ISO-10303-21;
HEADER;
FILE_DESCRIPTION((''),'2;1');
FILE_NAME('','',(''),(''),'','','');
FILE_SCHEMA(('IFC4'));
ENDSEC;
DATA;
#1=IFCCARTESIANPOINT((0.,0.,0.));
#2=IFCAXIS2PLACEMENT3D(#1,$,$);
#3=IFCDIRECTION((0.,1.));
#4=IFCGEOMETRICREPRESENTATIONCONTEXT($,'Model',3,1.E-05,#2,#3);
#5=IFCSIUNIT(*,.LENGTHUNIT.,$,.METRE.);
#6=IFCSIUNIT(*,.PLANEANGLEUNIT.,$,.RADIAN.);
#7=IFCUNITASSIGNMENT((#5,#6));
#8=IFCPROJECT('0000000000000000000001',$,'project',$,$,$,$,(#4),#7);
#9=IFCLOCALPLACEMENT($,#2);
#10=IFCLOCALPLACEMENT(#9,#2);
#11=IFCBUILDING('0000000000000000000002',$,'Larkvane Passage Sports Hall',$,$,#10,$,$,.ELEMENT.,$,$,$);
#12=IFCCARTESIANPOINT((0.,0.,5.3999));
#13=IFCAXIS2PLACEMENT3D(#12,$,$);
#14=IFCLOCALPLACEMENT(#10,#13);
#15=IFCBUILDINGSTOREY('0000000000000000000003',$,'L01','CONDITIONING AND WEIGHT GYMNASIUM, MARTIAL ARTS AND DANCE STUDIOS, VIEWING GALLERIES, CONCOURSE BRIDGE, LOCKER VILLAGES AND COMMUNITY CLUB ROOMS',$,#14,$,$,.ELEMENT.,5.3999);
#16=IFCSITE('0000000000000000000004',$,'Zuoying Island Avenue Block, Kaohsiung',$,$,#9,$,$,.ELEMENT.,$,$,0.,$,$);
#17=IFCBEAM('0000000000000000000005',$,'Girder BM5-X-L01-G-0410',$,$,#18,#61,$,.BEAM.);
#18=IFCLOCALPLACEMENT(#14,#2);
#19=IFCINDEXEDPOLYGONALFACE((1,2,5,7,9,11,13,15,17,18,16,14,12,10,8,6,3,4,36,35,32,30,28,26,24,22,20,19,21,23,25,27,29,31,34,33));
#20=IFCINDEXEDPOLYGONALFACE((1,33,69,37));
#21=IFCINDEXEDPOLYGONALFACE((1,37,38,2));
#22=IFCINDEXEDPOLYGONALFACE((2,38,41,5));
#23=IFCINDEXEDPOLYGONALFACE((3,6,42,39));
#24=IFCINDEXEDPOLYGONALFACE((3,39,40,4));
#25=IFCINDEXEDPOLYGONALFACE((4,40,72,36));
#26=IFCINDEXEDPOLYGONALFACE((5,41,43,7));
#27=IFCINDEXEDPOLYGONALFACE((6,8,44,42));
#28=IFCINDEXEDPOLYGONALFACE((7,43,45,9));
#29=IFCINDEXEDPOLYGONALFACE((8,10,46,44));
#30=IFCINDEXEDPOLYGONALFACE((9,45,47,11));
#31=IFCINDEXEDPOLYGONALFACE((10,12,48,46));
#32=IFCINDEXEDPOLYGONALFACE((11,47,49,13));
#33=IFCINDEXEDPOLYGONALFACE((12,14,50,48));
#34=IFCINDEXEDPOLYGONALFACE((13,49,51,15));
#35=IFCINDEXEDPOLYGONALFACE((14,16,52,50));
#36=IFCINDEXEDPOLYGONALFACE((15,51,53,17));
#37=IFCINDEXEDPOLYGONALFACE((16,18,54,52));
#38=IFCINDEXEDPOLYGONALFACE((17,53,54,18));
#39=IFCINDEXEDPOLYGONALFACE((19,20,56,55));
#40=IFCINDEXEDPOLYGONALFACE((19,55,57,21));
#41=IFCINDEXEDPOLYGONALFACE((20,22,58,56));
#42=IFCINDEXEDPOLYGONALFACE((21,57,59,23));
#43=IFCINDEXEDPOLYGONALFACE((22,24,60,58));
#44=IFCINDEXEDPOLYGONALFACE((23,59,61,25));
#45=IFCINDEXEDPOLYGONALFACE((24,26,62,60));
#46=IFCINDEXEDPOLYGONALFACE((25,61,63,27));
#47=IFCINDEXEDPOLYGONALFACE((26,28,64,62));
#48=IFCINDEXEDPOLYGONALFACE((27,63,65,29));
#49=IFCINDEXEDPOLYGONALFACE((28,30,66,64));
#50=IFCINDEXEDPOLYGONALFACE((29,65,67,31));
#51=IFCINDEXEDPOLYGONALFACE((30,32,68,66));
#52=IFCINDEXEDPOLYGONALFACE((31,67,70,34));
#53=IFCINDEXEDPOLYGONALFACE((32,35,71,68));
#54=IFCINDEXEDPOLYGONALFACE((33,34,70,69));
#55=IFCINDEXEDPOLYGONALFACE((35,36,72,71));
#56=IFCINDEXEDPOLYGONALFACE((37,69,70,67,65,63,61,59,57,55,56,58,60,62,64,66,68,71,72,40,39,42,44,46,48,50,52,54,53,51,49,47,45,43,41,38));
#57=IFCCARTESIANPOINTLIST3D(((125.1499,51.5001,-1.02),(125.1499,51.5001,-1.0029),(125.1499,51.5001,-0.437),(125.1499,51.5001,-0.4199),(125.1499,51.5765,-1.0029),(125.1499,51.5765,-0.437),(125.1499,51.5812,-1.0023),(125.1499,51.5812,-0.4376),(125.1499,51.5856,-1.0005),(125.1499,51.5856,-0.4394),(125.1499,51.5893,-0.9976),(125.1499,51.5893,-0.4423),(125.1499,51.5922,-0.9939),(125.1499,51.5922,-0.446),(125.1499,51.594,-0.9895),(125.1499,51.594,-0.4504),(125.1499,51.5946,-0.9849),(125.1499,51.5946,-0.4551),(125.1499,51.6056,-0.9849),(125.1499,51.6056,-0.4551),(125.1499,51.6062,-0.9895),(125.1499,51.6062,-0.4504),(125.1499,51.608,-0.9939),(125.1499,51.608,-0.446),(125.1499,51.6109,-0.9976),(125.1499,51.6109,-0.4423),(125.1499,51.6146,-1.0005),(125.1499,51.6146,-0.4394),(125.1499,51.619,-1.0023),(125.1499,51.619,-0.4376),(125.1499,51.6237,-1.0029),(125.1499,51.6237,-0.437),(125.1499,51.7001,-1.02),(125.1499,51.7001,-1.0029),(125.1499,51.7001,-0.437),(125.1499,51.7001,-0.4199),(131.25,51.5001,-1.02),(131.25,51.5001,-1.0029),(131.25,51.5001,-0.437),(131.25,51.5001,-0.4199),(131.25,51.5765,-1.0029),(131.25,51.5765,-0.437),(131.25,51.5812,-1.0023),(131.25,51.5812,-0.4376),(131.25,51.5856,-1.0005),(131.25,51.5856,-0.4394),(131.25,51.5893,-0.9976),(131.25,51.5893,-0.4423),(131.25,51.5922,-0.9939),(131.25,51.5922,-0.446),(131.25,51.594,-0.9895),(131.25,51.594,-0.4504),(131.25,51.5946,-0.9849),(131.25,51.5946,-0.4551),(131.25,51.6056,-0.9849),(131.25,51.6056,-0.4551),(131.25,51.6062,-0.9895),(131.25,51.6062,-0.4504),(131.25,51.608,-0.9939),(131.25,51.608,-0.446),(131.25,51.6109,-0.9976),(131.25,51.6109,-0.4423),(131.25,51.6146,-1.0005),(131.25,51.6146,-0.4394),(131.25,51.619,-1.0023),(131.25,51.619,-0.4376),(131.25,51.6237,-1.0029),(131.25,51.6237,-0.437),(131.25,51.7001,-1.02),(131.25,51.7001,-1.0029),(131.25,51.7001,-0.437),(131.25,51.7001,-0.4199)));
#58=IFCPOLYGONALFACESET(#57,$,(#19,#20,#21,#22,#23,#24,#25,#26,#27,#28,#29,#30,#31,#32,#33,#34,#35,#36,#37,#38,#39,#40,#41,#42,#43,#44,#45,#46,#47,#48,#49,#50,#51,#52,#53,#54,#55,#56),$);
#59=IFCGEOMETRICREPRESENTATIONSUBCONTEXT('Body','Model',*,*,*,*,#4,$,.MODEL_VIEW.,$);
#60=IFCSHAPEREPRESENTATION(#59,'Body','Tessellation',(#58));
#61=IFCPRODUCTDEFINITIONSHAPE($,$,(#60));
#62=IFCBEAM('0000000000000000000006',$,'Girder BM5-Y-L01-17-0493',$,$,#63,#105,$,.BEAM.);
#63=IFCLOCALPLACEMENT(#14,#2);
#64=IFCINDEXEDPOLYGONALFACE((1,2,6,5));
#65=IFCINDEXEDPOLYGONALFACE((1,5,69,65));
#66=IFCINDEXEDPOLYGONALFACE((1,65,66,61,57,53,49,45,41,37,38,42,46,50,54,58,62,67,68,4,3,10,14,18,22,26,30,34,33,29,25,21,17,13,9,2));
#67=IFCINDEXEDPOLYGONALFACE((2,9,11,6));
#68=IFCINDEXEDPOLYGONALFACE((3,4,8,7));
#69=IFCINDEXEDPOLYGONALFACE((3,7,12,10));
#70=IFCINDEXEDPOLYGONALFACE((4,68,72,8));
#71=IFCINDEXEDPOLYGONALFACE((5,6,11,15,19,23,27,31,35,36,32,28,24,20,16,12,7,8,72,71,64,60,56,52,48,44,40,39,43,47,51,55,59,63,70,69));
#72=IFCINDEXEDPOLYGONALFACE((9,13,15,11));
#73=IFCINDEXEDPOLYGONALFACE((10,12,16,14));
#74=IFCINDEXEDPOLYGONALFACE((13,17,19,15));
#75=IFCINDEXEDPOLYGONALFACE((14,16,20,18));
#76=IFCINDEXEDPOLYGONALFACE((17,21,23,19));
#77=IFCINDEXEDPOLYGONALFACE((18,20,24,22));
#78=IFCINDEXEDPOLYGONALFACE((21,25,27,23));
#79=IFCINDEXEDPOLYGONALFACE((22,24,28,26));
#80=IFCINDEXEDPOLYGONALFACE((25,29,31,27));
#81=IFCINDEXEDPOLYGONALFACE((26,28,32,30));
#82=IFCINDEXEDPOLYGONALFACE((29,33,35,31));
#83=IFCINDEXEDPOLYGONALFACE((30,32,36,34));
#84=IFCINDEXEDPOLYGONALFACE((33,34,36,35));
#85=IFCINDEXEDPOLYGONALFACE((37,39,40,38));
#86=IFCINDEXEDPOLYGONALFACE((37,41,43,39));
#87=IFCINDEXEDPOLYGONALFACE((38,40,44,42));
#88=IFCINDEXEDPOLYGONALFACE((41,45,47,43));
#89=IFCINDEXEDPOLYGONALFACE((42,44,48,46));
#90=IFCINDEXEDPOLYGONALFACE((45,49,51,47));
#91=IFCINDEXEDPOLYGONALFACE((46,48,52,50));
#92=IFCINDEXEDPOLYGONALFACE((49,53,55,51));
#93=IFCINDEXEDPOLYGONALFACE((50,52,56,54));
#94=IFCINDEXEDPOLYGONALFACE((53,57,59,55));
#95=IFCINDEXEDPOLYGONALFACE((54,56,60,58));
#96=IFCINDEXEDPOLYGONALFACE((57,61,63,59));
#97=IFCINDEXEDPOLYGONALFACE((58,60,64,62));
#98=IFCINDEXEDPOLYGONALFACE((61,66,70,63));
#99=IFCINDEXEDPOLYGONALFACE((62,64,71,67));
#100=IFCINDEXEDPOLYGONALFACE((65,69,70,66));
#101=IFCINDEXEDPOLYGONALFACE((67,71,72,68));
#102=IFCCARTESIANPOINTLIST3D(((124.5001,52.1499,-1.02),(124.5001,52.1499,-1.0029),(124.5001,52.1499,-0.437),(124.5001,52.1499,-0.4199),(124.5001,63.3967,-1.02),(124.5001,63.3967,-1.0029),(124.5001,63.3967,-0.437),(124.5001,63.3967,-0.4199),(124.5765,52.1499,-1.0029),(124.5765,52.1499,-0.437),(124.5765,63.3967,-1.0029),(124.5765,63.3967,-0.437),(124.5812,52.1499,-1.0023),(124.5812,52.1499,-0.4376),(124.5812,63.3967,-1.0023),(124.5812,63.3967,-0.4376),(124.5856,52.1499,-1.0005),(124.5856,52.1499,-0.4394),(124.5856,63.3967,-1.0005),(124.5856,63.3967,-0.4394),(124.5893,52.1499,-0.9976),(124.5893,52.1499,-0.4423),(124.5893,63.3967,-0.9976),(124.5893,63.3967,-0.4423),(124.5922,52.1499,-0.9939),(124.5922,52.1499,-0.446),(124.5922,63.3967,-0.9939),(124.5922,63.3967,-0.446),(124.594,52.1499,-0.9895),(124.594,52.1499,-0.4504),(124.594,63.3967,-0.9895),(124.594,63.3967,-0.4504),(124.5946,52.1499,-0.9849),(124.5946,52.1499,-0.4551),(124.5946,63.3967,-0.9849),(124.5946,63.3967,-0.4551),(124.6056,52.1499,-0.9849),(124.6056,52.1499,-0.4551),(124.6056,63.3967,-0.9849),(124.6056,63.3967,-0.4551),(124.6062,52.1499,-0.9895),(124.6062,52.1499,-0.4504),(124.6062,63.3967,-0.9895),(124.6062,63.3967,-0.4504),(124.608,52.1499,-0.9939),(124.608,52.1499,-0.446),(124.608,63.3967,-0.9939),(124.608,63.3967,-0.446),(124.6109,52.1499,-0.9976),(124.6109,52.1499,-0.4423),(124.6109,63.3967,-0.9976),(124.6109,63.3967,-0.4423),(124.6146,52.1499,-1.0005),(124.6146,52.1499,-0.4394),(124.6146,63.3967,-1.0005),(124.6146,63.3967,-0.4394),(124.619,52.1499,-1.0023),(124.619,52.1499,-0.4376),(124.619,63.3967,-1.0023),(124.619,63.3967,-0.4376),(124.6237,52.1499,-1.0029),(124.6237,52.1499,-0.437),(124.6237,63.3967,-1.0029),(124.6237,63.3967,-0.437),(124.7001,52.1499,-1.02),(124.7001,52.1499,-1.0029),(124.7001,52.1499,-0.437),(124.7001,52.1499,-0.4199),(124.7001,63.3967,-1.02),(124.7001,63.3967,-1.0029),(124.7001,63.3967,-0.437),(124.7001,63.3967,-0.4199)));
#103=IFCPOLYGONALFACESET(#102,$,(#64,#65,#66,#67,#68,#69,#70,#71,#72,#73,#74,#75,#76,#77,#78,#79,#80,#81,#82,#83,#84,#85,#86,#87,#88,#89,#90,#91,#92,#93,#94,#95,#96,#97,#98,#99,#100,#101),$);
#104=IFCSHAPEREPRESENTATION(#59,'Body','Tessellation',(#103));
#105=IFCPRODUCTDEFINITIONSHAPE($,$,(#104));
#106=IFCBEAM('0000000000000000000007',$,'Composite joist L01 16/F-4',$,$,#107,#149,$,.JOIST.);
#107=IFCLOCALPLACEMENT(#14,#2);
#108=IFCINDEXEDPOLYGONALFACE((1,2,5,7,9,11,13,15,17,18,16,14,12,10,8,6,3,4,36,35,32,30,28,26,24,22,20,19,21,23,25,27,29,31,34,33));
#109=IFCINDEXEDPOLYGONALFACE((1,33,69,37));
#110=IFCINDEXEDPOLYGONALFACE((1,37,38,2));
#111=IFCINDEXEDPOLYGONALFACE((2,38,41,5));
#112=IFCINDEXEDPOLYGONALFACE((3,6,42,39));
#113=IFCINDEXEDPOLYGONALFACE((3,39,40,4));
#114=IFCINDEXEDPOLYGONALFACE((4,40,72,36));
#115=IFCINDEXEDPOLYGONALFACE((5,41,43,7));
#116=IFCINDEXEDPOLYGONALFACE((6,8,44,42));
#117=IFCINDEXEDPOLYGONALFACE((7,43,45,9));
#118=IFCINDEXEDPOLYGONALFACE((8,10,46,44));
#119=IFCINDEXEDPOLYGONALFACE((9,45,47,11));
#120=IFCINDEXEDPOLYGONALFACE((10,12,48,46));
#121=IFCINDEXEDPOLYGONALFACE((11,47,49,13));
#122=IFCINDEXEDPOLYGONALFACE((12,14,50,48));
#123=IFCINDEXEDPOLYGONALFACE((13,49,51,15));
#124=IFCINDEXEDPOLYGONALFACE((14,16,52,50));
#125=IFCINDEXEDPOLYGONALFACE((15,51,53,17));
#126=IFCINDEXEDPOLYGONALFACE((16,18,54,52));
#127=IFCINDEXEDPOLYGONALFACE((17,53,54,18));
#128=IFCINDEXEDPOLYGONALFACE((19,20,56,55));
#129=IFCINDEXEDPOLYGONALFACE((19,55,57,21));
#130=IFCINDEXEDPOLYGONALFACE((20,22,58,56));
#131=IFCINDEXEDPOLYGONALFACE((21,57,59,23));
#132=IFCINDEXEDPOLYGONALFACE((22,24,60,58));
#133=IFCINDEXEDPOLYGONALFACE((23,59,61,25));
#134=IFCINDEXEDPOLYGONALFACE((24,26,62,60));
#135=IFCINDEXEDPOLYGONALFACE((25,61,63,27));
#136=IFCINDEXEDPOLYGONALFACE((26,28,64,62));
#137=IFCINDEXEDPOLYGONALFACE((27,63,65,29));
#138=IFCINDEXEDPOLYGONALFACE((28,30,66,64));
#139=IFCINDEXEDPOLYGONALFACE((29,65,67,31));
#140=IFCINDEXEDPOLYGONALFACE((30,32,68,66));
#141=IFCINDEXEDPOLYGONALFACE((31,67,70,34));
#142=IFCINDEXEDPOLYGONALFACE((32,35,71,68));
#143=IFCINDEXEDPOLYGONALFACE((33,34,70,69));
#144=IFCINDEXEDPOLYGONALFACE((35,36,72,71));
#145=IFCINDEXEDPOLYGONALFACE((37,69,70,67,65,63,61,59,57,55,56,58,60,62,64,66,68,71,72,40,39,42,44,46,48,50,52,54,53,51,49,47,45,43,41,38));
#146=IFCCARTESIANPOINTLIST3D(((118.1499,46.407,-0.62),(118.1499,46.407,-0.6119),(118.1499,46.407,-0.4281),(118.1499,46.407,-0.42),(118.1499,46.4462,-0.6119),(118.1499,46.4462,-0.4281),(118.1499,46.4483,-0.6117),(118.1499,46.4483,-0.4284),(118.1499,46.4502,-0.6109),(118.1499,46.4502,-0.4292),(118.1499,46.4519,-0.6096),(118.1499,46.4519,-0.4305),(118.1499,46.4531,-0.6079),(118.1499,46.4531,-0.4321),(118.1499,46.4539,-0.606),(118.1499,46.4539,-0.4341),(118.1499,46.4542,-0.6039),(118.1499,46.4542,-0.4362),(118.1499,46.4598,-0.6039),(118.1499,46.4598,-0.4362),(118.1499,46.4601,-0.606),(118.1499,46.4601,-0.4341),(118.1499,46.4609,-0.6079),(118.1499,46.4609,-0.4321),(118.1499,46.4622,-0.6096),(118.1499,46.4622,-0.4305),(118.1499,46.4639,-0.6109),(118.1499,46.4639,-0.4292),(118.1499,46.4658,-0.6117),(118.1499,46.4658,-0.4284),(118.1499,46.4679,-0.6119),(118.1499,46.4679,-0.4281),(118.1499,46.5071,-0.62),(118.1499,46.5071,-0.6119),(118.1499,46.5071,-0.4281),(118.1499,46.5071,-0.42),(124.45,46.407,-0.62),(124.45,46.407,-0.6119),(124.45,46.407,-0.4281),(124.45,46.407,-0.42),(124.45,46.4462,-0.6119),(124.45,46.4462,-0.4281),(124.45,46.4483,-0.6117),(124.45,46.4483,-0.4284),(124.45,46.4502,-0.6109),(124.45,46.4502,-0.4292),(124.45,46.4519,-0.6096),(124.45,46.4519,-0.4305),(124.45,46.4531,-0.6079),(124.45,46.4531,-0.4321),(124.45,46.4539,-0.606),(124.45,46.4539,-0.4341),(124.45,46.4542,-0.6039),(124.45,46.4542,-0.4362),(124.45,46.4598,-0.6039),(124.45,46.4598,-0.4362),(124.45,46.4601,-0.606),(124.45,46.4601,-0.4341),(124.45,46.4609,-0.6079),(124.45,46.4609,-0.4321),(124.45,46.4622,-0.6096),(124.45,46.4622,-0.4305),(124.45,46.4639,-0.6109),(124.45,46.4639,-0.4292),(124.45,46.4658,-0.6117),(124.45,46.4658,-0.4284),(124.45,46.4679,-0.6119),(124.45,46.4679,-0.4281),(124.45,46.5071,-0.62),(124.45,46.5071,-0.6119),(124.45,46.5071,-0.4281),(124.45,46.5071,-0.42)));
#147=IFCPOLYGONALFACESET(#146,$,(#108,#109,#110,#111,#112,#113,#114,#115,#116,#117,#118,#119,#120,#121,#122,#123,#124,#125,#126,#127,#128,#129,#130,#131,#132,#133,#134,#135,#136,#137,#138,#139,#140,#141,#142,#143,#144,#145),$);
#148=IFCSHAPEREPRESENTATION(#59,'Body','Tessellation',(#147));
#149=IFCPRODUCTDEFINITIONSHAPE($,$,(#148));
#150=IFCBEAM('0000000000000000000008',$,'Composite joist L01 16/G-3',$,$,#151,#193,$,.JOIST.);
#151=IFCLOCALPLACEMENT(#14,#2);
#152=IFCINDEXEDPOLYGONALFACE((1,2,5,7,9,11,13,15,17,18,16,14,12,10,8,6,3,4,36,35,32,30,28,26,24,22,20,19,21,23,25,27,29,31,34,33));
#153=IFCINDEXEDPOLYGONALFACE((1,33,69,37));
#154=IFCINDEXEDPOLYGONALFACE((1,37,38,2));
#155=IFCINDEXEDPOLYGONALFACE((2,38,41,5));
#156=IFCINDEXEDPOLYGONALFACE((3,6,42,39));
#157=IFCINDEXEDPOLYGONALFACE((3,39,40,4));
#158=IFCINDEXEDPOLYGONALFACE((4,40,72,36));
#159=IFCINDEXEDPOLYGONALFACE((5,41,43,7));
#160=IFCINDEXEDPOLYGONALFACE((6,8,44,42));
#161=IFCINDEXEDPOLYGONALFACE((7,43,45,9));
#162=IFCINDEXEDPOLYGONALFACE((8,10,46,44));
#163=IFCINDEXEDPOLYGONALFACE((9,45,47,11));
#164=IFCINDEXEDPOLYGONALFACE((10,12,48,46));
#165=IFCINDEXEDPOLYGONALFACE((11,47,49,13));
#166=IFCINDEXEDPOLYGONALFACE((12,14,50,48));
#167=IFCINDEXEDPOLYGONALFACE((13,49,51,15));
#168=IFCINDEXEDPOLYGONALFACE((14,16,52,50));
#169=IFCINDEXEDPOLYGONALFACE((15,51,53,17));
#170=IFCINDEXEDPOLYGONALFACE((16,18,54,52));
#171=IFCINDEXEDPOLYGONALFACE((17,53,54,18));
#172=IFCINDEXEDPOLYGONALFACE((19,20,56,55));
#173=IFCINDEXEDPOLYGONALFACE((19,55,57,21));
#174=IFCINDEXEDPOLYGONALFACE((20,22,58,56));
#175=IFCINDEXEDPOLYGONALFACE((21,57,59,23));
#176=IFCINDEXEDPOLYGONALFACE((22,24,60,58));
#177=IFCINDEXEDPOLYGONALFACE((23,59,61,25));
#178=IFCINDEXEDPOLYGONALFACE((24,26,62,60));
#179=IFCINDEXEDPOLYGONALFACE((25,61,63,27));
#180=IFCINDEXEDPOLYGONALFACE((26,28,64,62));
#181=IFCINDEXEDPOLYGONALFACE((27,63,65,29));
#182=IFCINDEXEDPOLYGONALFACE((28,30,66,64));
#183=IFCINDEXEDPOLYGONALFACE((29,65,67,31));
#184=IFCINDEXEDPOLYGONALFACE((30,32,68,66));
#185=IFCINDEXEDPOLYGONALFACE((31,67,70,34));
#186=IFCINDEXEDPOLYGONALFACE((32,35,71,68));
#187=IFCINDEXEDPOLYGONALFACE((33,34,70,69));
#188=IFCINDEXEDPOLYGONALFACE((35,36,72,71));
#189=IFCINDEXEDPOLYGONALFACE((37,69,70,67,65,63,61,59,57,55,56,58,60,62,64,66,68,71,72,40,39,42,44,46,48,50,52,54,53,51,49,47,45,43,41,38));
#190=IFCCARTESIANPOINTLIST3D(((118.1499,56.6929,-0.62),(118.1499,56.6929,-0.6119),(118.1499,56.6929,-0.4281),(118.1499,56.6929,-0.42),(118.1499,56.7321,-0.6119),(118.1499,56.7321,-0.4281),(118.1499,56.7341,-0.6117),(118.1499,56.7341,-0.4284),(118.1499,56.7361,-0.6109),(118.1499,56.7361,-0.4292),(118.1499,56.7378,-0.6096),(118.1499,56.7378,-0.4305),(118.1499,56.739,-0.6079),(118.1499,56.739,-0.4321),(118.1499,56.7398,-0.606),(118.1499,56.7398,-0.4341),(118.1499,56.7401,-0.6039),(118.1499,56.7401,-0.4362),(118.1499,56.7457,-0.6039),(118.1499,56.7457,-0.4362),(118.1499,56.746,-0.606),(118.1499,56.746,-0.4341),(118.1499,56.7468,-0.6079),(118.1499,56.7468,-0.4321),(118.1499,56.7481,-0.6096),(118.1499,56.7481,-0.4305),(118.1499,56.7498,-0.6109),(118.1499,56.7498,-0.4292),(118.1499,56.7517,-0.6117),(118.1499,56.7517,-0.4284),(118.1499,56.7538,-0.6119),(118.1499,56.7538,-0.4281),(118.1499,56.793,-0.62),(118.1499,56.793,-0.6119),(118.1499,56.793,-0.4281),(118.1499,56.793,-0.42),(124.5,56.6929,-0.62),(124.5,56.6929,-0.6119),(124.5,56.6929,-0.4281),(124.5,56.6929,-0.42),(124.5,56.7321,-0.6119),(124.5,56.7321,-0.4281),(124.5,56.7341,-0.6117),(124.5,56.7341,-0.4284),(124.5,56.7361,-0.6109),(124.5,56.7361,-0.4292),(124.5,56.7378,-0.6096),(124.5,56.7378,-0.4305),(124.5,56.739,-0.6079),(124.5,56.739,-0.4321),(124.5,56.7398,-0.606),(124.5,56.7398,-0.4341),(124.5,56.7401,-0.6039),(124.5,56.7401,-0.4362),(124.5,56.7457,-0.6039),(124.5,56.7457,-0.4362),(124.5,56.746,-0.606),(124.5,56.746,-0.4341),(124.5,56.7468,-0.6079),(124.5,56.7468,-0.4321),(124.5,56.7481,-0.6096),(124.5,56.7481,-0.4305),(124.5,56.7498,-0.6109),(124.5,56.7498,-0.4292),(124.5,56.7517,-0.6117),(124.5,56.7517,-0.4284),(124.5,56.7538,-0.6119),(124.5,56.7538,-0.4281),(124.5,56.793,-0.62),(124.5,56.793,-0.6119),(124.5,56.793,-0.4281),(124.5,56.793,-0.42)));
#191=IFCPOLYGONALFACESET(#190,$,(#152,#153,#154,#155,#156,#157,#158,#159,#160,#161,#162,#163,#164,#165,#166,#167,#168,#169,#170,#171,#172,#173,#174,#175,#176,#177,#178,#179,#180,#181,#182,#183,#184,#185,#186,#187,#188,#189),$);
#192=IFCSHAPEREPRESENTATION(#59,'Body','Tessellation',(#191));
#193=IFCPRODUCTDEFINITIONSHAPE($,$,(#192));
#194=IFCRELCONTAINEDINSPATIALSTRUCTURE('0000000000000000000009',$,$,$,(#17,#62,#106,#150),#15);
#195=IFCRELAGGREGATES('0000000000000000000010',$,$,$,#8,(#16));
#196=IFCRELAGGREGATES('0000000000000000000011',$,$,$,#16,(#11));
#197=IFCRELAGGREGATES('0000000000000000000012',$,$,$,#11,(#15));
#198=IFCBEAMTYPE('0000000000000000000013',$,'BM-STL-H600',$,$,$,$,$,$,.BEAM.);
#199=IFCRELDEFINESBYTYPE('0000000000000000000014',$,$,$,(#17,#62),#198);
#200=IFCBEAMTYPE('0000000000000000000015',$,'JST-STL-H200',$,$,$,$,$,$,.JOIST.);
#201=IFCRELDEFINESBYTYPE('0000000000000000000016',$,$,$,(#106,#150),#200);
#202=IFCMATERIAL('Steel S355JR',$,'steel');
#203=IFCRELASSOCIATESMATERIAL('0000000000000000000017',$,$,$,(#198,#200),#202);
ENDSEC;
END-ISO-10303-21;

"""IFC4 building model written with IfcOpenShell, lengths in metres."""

from ifc_helpers import new_model, si_unit, direction, frame, origin, origin_2d, place, context, subcontext, project, spatial, i_section, extrude, material, material_profile, profile_set, type_object, element, save


model = new_model("IFC4")

# Units and contexts
model_context = context("Model", 3, precision=1e-05, world=origin(), true_north=direction((0.0, 1.0)))
body_context = subcontext(model_context, "Body", "Model", "MODEL_VIEW")
ifc_project = project(units=[si_unit("LENGTHUNIT", "METRE"), si_unit("PLANEANGLEUNIT", "RADIAN")], contexts=[model_context])

# Site, building, storey
site_placement = place(None, origin())
site = spatial("IfcSite", under=ifc_project, at=site_placement, Name="Zuoying Island Avenue Block, Kaohsiung", CompositionType="ELEMENT", RefElevation=0.0)
building_placement = place(site_placement, origin())
building = spatial("IfcBuilding", under=site, at=building_placement, Name="Larkvane Passage Sports Hall", CompositionType="ELEMENT")
storey_placement = place(building_placement, frame((0.0, 0.0, 5.3999)))
storey = spatial("IfcBuildingStorey", under=building, at=storey_placement, Name="L01", Description="CONDITIONING AND WEIGHT GYMNASIUM, MARTIAL ARTS AND DANCE STUDIOS, VIEWING GALLERIES, CONCOURSE BRIDGE, LOCKER VILLAGES AND COMMUNITY CLUB ROOMS", CompositionType="ELEMENT", Elevation=5.3999)

# Beams
ifc_material_1 = material(Name="Steel S355JR", Category="steel")
ifc_material_profile_1 = material_profile(ifc_material_1, i_section(OverallWidth=0.2, OverallDepth=0.6001, WebThickness=0.011, FlangeThickness=0.0171, FilletRadius=0.0181, at=origin_2d()), Name="H-600x200x11x17")
ifc_profile_set_1 = profile_set([ifc_material_profile_1], Name="Steel S355JR")
beam_type_1 = type_object("IfcBeamType", Name="BM-STL-H600", PredefinedType="BEAM", material=ifc_profile_set_1)
beam_1_placement = place(storey_placement, frame((125.1499, 51.6001, -0.72), z_axis=(1.0, 0.0, 0.0), x_axis=(0.0, 1.0, 0.0)))
element("IfcBeam", 1, at=beam_1_placement, inside=storey, type_object=beam_type_1, Name="Girder BM5-X-L01-G-0410", PredefinedType="BEAM", context=body_context, shape_type="SweptSolid", body=[
    extrude(i_section(OverallWidth=0.2, OverallDepth=0.6001, WebThickness=0.011, FlangeThickness=0.0171, FilletRadius=0.0181, at=origin_2d()), origin(), (0.0, 0.0, 1.0), 6.1001),
])
beam_2_placement = place(storey_placement, frame((124.6001, 52.1499, -0.72), z_axis=(0.0, 1.0, 0.0), x_axis=(-1.0, 0.0, 0.0)))
element("IfcBeam", 2, at=beam_2_placement, inside=storey, type_object=beam_type_1, Name="Girder BM5-Y-L01-17-0493", PredefinedType="BEAM", context=body_context, shape_type="SweptSolid", body=[
    extrude(i_section(OverallWidth=0.2, OverallDepth=0.6001, WebThickness=0.011, FlangeThickness=0.0171, FilletRadius=0.0181, at=origin_2d()), origin(), (0.0, 0.0, 1.0), 11.2468),
])
ifc_material_profile_2 = material_profile(ifc_material_1, i_section(OverallWidth=0.1001, OverallDepth=0.2, WebThickness=0.0056, FlangeThickness=0.0081, FilletRadius=0.0081, at=origin_2d()), Name="H-200x100x5.5x8")
ifc_profile_set_2 = profile_set([ifc_material_profile_2], Name="Steel S355JR")
beam_type_2 = type_object("IfcBeamType", Name="JST-STL-H200", PredefinedType="JOIST", material=ifc_profile_set_2)
beam_3_placement = place(storey_placement, frame((118.1499, 46.457, -0.52), z_axis=(1.0, 0.0, 0.0), x_axis=(0.0, 1.0, 0.0)))
element("IfcBeam", 3, at=beam_3_placement, inside=storey, type_object=beam_type_2, Name="Composite joist L01 16/F-4", PredefinedType="JOIST", context=body_context, shape_type="SweptSolid", body=[
    extrude(i_section(OverallWidth=0.1001, OverallDepth=0.2, WebThickness=0.0056, FlangeThickness=0.0081, FilletRadius=0.0081, at=origin_2d()), origin(), (0.0, 0.0, 1.0), 6.3),
])
beam_4_placement = place(storey_placement, frame((118.1499, 56.7429, -0.52), z_axis=(1.0, 0.0, 0.0), x_axis=(0.0, 1.0, 0.0)))
element("IfcBeam", 4, at=beam_4_placement, inside=storey, type_object=beam_type_2, Name="Composite joist L01 16/G-3", PredefinedType="JOIST", context=body_context, shape_type="SweptSolid", body=[
    extrude(i_section(OverallWidth=0.1001, OverallDepth=0.2, WebThickness=0.0056, FlangeThickness=0.0081, FilletRadius=0.0081, at=origin_2d()), origin(), (0.0, 0.0, 1.0), 6.3501),
])

save(model, "model.ifc")
